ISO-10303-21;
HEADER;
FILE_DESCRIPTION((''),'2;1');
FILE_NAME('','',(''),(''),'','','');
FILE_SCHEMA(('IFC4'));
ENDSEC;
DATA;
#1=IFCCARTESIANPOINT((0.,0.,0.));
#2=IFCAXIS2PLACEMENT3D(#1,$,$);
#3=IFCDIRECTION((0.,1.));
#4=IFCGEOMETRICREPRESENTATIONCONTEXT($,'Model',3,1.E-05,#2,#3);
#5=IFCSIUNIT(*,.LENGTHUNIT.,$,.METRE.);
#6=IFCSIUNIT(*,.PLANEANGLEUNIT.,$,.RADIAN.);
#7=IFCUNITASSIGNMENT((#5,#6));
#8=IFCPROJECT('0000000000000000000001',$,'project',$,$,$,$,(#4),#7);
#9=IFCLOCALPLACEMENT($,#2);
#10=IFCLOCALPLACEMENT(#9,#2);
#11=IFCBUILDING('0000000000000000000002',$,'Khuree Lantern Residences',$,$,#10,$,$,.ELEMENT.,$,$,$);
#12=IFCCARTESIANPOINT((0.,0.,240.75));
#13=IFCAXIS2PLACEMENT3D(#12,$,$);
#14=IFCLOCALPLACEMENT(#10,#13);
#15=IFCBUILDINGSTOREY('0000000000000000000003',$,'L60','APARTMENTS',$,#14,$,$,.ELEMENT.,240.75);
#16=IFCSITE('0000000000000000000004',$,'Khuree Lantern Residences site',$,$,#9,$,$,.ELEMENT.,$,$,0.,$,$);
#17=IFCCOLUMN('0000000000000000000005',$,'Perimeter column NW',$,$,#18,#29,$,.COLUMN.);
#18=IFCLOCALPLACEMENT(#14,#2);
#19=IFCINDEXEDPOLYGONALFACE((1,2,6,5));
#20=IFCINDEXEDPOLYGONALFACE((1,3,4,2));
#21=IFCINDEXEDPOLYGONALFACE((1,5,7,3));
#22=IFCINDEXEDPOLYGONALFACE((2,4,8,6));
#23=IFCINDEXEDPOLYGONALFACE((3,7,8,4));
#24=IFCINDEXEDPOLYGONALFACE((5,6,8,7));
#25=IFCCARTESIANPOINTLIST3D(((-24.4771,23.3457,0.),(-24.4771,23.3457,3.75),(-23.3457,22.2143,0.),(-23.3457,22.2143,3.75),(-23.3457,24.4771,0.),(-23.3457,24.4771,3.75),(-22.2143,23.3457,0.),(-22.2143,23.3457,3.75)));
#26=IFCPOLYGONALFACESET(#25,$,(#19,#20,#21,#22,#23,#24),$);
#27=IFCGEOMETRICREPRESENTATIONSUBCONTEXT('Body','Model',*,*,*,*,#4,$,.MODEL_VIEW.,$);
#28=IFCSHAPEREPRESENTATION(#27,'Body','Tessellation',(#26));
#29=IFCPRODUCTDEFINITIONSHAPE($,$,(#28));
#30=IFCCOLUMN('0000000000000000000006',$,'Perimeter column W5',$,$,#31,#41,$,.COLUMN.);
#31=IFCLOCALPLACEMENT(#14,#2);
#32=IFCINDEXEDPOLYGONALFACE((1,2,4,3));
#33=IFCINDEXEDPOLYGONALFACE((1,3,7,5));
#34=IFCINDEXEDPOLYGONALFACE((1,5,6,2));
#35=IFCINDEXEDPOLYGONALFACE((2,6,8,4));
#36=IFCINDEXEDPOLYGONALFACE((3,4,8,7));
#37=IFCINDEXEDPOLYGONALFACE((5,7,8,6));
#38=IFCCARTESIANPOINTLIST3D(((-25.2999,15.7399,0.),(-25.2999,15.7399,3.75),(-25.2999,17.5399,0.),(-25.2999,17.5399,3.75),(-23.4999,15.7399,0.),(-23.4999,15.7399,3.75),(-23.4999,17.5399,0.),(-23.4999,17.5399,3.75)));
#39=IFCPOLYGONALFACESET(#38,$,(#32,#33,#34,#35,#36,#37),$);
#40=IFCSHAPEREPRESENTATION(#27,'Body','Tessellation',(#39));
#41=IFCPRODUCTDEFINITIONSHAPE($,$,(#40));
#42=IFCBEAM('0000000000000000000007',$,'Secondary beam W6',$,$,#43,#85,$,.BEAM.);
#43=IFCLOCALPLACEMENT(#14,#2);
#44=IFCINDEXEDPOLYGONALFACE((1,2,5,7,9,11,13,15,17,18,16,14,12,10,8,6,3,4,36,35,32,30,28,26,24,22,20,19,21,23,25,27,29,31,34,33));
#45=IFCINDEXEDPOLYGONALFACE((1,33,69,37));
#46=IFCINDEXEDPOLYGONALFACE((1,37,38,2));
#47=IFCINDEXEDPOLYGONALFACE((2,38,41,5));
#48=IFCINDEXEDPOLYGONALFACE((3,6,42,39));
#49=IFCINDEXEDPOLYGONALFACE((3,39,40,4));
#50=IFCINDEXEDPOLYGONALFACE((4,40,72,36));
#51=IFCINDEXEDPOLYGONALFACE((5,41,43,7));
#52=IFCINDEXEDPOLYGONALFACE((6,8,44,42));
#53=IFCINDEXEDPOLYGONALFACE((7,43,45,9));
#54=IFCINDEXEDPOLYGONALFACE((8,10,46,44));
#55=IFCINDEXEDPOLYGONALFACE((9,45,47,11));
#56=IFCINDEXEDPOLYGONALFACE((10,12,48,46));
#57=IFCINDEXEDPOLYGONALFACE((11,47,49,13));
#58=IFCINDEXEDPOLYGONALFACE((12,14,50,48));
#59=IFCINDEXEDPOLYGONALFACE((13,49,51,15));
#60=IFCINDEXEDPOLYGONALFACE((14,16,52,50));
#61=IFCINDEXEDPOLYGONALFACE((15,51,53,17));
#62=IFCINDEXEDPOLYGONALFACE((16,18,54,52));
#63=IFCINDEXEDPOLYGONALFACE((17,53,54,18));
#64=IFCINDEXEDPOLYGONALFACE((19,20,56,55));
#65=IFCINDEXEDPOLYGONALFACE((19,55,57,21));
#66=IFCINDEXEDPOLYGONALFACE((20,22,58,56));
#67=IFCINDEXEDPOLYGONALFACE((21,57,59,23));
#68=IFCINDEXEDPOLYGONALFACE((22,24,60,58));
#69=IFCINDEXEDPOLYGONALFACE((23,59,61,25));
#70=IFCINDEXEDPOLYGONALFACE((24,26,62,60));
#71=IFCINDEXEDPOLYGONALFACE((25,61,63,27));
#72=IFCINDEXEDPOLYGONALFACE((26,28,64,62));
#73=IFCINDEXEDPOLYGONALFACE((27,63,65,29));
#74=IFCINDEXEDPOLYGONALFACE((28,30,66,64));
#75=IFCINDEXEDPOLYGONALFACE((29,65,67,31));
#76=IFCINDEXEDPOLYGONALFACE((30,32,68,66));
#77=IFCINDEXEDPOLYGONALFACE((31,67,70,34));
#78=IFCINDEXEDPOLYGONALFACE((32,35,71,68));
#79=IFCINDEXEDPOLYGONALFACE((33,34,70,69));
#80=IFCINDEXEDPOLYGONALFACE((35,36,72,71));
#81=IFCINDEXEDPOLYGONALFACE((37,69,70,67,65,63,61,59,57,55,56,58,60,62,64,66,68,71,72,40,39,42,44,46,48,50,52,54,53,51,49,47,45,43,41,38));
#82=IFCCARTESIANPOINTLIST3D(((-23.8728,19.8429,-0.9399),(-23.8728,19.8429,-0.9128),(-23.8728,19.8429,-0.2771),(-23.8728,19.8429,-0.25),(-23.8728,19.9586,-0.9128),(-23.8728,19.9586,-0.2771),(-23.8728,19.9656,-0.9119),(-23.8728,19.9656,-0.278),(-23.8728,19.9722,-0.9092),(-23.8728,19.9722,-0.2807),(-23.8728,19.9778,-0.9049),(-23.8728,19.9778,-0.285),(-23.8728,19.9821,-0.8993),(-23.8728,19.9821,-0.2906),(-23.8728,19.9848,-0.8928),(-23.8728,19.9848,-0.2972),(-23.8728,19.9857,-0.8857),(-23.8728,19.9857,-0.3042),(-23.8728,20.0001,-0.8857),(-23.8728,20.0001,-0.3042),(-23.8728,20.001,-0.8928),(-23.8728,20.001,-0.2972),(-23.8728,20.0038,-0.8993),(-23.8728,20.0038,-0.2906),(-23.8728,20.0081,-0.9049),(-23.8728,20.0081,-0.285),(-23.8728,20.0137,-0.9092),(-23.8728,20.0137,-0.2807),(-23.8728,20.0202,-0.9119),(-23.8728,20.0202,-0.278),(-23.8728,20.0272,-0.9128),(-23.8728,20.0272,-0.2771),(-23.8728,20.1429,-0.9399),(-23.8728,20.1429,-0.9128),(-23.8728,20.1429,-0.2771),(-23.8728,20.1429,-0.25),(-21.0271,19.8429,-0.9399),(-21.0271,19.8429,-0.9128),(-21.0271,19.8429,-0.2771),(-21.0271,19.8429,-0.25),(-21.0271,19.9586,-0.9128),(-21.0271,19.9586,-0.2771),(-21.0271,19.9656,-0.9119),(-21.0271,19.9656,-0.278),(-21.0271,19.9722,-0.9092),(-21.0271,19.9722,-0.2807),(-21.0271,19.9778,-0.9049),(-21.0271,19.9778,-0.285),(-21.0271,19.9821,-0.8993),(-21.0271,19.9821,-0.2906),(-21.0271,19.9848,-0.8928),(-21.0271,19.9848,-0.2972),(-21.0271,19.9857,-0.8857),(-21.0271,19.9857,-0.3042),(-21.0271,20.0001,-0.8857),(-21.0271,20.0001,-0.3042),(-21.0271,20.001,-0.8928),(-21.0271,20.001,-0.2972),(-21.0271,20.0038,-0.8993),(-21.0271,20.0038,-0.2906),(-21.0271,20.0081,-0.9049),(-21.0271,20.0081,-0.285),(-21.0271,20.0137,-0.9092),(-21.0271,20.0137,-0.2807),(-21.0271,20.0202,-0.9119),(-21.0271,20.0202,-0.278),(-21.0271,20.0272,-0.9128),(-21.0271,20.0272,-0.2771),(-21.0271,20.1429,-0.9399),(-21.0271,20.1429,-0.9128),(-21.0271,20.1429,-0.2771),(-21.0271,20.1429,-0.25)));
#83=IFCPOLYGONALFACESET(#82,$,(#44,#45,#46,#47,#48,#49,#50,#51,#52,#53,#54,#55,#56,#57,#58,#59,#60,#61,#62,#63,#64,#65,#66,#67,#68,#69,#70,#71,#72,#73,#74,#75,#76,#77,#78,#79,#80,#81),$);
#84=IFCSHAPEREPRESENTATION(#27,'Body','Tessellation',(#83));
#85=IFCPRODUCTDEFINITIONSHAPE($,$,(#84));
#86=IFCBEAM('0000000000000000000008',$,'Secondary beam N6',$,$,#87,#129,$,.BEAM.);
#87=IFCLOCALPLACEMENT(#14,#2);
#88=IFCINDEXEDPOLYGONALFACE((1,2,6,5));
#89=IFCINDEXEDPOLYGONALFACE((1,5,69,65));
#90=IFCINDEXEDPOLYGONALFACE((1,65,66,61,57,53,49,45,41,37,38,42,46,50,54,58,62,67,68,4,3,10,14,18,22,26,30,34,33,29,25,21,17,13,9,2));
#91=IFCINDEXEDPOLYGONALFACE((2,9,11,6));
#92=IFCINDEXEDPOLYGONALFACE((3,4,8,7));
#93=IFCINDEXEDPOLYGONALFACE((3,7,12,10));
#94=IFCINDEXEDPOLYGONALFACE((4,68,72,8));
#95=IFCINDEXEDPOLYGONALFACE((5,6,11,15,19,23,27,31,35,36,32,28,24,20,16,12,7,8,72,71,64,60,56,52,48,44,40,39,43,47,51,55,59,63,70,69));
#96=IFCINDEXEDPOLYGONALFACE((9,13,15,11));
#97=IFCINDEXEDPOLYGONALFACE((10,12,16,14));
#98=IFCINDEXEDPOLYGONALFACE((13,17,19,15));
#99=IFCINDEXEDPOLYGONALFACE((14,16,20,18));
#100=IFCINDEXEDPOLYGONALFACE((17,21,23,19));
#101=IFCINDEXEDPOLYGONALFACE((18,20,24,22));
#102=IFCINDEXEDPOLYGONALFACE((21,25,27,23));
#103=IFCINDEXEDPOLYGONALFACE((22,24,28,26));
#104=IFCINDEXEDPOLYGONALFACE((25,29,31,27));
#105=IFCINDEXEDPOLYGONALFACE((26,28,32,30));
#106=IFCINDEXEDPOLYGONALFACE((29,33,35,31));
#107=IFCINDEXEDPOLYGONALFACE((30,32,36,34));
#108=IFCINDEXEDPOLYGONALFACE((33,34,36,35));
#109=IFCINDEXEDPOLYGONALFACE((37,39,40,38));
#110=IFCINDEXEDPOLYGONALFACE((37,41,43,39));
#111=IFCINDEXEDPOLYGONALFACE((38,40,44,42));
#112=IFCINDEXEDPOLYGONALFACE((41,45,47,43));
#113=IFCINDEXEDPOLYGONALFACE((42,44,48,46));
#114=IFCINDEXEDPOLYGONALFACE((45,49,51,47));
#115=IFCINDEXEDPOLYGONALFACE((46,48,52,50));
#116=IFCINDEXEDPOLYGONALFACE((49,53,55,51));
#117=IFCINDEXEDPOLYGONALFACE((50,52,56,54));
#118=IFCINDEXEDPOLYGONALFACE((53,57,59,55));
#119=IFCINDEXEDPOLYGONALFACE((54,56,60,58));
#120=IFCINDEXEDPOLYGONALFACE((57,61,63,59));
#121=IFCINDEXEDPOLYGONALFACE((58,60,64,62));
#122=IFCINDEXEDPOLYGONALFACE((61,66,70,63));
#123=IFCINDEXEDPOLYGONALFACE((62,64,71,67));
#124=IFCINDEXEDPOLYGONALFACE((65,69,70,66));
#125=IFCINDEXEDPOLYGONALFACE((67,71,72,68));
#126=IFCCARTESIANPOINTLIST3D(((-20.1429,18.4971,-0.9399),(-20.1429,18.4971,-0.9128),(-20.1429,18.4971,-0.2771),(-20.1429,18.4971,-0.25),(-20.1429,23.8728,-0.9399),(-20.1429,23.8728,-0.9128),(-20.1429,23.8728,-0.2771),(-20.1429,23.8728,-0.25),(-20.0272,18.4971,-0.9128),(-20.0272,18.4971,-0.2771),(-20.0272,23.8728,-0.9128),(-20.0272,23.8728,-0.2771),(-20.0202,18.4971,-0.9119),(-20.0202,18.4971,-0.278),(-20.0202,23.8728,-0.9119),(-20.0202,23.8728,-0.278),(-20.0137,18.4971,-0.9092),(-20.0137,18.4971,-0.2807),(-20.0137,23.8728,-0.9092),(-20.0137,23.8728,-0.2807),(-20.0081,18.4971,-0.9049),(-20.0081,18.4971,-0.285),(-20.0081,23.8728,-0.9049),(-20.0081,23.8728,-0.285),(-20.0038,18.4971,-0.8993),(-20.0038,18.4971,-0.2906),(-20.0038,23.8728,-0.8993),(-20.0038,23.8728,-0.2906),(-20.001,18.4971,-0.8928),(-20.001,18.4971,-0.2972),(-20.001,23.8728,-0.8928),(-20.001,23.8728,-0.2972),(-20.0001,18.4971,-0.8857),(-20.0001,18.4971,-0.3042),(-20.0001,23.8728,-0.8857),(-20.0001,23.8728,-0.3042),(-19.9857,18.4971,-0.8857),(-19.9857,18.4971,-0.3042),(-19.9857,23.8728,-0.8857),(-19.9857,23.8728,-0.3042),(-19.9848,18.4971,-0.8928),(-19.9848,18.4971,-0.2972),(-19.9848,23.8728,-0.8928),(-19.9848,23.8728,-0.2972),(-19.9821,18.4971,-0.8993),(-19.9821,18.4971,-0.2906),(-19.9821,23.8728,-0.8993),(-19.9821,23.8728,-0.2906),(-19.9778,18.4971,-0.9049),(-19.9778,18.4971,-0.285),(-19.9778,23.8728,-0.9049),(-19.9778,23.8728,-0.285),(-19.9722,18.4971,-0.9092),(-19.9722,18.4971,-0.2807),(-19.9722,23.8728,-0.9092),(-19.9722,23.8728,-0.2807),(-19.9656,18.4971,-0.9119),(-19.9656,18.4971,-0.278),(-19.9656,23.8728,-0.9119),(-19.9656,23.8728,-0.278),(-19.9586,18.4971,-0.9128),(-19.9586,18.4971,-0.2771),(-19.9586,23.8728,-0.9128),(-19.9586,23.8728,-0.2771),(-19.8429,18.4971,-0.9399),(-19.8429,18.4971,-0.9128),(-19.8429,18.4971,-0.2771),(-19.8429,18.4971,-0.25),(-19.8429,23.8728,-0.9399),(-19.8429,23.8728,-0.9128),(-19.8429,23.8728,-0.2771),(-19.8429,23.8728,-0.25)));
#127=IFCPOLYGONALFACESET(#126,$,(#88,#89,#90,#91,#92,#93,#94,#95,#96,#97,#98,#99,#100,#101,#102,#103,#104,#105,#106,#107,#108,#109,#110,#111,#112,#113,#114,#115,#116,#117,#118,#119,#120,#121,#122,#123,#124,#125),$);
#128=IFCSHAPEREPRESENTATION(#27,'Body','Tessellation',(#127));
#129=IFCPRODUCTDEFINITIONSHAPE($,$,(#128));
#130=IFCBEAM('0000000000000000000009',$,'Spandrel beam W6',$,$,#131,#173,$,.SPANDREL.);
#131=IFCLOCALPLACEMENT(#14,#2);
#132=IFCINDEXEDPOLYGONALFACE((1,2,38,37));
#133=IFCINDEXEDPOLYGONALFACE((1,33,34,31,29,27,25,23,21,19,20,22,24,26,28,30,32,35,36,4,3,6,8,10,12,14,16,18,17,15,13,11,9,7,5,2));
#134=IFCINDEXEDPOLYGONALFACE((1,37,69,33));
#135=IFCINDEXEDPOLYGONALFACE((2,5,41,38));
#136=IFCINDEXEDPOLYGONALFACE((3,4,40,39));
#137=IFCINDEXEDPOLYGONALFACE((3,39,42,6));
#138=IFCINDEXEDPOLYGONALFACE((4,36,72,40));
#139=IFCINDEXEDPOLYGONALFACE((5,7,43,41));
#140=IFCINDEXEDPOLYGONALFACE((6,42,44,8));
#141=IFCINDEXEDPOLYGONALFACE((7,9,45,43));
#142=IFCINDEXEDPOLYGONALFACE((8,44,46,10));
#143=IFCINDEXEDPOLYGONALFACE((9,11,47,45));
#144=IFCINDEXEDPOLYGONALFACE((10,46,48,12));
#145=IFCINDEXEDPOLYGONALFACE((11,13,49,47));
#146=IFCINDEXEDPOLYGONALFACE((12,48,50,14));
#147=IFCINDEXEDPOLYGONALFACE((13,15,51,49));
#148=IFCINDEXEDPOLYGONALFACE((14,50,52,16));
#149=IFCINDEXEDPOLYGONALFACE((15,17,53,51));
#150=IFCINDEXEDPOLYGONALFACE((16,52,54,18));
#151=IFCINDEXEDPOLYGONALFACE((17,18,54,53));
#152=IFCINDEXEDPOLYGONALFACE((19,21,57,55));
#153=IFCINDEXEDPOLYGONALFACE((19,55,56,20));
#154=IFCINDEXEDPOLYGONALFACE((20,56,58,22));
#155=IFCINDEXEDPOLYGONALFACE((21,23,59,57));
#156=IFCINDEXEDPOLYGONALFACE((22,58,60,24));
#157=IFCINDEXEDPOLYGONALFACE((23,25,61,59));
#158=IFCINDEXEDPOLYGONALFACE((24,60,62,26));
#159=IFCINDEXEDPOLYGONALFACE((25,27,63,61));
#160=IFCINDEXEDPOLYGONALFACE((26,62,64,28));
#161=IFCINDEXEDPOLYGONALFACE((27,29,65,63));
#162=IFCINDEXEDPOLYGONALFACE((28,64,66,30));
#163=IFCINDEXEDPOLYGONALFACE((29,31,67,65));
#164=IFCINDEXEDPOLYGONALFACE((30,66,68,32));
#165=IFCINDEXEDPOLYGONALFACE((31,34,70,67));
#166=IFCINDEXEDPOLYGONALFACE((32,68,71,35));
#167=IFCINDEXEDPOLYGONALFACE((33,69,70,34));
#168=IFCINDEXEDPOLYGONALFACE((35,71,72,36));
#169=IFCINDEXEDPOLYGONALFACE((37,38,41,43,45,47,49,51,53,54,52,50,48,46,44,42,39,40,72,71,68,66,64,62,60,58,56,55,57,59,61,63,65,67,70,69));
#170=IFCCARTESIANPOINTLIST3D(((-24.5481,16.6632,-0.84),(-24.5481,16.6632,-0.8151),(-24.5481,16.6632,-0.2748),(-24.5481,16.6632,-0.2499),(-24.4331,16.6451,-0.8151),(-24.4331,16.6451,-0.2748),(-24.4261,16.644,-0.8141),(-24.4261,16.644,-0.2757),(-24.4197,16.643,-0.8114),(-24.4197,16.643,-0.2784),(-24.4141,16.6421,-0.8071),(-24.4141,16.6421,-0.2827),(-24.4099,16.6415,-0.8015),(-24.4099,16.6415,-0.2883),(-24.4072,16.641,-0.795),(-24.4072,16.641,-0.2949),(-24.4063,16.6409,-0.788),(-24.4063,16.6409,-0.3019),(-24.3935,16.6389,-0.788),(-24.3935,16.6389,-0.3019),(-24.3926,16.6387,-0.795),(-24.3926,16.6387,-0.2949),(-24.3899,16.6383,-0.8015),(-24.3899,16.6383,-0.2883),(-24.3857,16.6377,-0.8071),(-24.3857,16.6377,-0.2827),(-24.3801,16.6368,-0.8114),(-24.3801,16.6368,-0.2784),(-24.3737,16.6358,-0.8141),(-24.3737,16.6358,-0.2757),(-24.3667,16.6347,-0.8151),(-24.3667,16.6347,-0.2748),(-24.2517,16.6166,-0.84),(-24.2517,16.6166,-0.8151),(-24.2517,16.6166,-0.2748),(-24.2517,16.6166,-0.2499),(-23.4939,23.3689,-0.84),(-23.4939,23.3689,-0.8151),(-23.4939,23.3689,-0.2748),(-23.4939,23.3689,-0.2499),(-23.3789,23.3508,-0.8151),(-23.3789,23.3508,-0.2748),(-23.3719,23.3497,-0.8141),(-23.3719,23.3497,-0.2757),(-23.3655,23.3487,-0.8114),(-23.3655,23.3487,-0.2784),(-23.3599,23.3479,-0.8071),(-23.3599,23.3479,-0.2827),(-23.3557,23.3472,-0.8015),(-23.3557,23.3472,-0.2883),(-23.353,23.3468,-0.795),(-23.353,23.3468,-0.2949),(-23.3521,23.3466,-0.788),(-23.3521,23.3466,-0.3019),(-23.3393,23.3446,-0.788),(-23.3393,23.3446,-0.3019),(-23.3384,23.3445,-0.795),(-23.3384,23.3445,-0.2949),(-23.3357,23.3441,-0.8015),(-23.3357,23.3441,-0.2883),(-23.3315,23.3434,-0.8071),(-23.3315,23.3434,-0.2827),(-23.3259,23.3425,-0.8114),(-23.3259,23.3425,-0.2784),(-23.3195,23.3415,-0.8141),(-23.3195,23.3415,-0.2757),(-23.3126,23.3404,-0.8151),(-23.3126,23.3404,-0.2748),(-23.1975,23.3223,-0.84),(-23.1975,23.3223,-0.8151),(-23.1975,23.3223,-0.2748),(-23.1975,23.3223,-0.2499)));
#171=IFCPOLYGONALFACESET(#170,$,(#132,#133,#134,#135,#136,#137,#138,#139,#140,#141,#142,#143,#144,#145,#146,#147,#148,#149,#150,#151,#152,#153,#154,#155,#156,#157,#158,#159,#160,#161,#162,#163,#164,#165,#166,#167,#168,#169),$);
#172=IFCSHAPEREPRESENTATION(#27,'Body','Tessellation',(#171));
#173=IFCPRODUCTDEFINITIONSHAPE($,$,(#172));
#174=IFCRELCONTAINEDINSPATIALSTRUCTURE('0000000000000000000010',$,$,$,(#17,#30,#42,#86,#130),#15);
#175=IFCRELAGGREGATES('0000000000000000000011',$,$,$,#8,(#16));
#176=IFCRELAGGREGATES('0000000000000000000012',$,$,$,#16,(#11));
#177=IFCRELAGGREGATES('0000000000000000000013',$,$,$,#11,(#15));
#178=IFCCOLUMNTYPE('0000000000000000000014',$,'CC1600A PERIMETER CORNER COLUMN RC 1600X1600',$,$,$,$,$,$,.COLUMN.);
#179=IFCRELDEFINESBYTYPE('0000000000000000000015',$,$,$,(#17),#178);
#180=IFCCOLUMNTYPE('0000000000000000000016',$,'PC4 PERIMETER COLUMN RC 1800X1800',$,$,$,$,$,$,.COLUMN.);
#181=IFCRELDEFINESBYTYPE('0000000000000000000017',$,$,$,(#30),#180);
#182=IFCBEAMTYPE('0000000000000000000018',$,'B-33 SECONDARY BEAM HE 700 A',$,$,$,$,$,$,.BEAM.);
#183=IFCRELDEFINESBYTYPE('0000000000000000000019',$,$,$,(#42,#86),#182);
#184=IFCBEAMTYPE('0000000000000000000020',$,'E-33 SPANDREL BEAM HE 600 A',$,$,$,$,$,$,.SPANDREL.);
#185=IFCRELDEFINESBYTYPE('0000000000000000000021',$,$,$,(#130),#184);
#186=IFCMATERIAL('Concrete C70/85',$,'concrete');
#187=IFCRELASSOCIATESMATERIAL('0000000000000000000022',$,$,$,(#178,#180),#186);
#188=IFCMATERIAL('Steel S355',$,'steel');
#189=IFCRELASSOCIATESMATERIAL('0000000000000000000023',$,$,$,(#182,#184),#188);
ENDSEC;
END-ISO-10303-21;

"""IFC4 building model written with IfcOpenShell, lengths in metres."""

from ifc_helpers import new_model, si_unit, direction, frame, origin, origin_2d, place, context, subcontext, project, spatial, rectangle, i_section, extrude, material, material_profile, profile_set, type_object, element, save


model = new_model("IFC4")

# Units and contexts
model_context = context("Model", 3, precision=1e-05, world=origin(), true_north=direction((0.0, 1.0)))
body_context = subcontext(model_context, "Body", "Model", "MODEL_VIEW")
ifc_project = project(units=[si_unit("LENGTHUNIT", "METRE"), si_unit("PLANEANGLEUNIT", "RADIAN")], contexts=[model_context])

# Site, building, storey
site_placement = place(None, origin())
site = spatial("IfcSite", under=ifc_project, at=site_placement, Name="Khuree Lantern Residences site", CompositionType="ELEMENT", RefElevation=0.0)
building_placement = place(site_placement, origin())
building = spatial("IfcBuilding", under=site, at=building_placement, Name="Khuree Lantern Residences", CompositionType="ELEMENT")
storey_placement = place(building_placement, frame((0.0, 0.0, 240.75)))
storey = spatial("IfcBuildingStorey", under=building, at=storey_placement, Name="L60", Description="APARTMENTS", CompositionType="ELEMENT", Elevation=240.75)

# Columns
ifc_material_1 = material(Name="Concrete C70/85", Category="concrete")
ifc_material_profile_1 = material_profile(ifc_material_1, rectangle(XDim=1.6001, YDim=1.6001, at=origin_2d()), Name="RC 1600X1600")
ifc_profile_set_1 = profile_set([ifc_material_profile_1], Name="Concrete C70/85")
column_type_1 = type_object("IfcColumnType", Name="CC1600A PERIMETER CORNER COLUMN RC 1600X1600", PredefinedType="COLUMN", material=ifc_profile_set_1)
column_1_placement = place(storey_placement, frame((-23.3457, 23.3457, 0.0), z_axis=(0.0, 0.0, 1.0), x_axis=(0.707107, 0.707107, 0.0)))
element("IfcColumn", 1, at=column_1_placement, inside=storey, type_object=column_type_1, Name="Perimeter column NW", PredefinedType="COLUMN", context=body_context, shape_type="SweptSolid", body=[
    extrude(rectangle(XDim=1.6001, YDim=1.6001, at=origin_2d()), origin(), (0.0, 0.0, 1.0), 3.75),
])
ifc_material_profile_2 = material_profile(ifc_material_1, rectangle(XDim=1.8, YDim=1.8, at=origin_2d()), Name="RC 1800X1800")
ifc_profile_set_2 = profile_set([ifc_material_profile_2], Name="Concrete C70/85")
column_type_2 = type_object("IfcColumnType", Name="PC4 PERIMETER COLUMN RC 1800X1800", PredefinedType="COLUMN", material=ifc_profile_set_2)
column_2_placement = place(storey_placement, frame((-24.3999, 16.6399, 0.0), z_axis=(0.0, 0.0, 1.0), x_axis=(0.0, 1.0, 0.0)))
element("IfcColumn", 2, at=column_2_placement, inside=storey, type_object=column_type_2, Name="Perimeter column W5", PredefinedType="COLUMN", context=body_context, shape_type="SweptSolid", body=[
    extrude(rectangle(XDim=1.8, YDim=1.8, at=origin_2d()), origin(), (0.0, 0.0, 1.0), 3.75),
])

# Beams
ifc_material_2 = material(Name="Steel S355", Category="steel")
ifc_material_profile_3 = material_profile(ifc_material_2, i_section(OverallWidth=0.3, OverallDepth=0.6899, WebThickness=0.0144, FlangeThickness=0.0271, FilletRadius=0.0271, at=origin_2d()), Name="HE 700 A")
ifc_profile_set_3 = profile_set([ifc_material_profile_3], Name="Steel S355")
beam_type_1 = type_object("IfcBeamType", Name="B-33 SECONDARY BEAM HE 700 A", PredefinedType="BEAM", material=ifc_profile_set_3)
beam_1_placement = place(storey_placement, frame((-23.8728, 19.9929, -0.595), z_axis=(1.0, 0.0, 0.0), x_axis=(0.0, 1.0, 0.0)))
element("IfcBeam", 3, at=beam_1_placement, inside=storey, type_object=beam_type_1, Name="Secondary beam W6", PredefinedType="BEAM", context=body_context, shape_type="SweptSolid", body=[
    extrude(i_section(OverallWidth=0.3, OverallDepth=0.6899, WebThickness=0.0144, FlangeThickness=0.0271, FilletRadius=0.0271, at=origin_2d()), origin(), (0.0, 0.0, 1.0), 2.8457),
])
beam_2_placement = place(storey_placement, frame((-19.9929, 23.8728, -0.595), z_axis=(0.0, -1.0, 0.0), x_axis=(1.0, 0.0, 0.0)))
element("IfcBeam", 4, at=beam_2_placement, inside=storey, type_object=beam_type_1, Name="Secondary beam N6", PredefinedType="BEAM", context=body_context, shape_type="SweptSolid", body=[
    extrude(i_section(OverallWidth=0.3, OverallDepth=0.6899, WebThickness=0.0144, FlangeThickness=0.0271, FilletRadius=0.0271, at=origin_2d()), origin(), (0.0, 0.0, 1.0), 5.3757),
])
ifc_material_profile_4 = material_profile(ifc_material_2, i_section(OverallWidth=0.3, OverallDepth=0.5901, WebThickness=0.0129, FlangeThickness=0.0249, FilletRadius=0.0271, at=origin_2d()), Name="HE 600 A")
ifc_profile_set_4 = profile_set([ifc_material_profile_4], Name="Steel S355")
beam_type_2 = type_object("IfcBeamType", Name="E-33 SPANDREL BEAM HE 600 A", PredefinedType="SPANDREL", material=ifc_profile_set_4)
for number, where, z_axis, x_axis, name in (
    (5, (-24.3999, 16.6399, -0.5449), (0.1553, 0.987867, 0.0), (-0.987867, 0.1553, 0.0), "Spandrel beam W6"),
):
    element("IfcBeam", number, at=place(storey_placement, frame(where, z_axis=z_axis, x_axis=x_axis)), inside=storey, type_object=beam_type_2, Name=name, PredefinedType="SPANDREL", context=body_context, shape_type="SweptSolid", body=[
        extrude(i_section(OverallWidth=0.3, OverallDepth=0.5901, WebThickness=0.0129, FlangeThickness=0.0249, FilletRadius=0.0271, at=origin_2d()), origin(), (0.0, 0.0, 1.0), 6.7881),
    ])

save(model, "model.ifc")
